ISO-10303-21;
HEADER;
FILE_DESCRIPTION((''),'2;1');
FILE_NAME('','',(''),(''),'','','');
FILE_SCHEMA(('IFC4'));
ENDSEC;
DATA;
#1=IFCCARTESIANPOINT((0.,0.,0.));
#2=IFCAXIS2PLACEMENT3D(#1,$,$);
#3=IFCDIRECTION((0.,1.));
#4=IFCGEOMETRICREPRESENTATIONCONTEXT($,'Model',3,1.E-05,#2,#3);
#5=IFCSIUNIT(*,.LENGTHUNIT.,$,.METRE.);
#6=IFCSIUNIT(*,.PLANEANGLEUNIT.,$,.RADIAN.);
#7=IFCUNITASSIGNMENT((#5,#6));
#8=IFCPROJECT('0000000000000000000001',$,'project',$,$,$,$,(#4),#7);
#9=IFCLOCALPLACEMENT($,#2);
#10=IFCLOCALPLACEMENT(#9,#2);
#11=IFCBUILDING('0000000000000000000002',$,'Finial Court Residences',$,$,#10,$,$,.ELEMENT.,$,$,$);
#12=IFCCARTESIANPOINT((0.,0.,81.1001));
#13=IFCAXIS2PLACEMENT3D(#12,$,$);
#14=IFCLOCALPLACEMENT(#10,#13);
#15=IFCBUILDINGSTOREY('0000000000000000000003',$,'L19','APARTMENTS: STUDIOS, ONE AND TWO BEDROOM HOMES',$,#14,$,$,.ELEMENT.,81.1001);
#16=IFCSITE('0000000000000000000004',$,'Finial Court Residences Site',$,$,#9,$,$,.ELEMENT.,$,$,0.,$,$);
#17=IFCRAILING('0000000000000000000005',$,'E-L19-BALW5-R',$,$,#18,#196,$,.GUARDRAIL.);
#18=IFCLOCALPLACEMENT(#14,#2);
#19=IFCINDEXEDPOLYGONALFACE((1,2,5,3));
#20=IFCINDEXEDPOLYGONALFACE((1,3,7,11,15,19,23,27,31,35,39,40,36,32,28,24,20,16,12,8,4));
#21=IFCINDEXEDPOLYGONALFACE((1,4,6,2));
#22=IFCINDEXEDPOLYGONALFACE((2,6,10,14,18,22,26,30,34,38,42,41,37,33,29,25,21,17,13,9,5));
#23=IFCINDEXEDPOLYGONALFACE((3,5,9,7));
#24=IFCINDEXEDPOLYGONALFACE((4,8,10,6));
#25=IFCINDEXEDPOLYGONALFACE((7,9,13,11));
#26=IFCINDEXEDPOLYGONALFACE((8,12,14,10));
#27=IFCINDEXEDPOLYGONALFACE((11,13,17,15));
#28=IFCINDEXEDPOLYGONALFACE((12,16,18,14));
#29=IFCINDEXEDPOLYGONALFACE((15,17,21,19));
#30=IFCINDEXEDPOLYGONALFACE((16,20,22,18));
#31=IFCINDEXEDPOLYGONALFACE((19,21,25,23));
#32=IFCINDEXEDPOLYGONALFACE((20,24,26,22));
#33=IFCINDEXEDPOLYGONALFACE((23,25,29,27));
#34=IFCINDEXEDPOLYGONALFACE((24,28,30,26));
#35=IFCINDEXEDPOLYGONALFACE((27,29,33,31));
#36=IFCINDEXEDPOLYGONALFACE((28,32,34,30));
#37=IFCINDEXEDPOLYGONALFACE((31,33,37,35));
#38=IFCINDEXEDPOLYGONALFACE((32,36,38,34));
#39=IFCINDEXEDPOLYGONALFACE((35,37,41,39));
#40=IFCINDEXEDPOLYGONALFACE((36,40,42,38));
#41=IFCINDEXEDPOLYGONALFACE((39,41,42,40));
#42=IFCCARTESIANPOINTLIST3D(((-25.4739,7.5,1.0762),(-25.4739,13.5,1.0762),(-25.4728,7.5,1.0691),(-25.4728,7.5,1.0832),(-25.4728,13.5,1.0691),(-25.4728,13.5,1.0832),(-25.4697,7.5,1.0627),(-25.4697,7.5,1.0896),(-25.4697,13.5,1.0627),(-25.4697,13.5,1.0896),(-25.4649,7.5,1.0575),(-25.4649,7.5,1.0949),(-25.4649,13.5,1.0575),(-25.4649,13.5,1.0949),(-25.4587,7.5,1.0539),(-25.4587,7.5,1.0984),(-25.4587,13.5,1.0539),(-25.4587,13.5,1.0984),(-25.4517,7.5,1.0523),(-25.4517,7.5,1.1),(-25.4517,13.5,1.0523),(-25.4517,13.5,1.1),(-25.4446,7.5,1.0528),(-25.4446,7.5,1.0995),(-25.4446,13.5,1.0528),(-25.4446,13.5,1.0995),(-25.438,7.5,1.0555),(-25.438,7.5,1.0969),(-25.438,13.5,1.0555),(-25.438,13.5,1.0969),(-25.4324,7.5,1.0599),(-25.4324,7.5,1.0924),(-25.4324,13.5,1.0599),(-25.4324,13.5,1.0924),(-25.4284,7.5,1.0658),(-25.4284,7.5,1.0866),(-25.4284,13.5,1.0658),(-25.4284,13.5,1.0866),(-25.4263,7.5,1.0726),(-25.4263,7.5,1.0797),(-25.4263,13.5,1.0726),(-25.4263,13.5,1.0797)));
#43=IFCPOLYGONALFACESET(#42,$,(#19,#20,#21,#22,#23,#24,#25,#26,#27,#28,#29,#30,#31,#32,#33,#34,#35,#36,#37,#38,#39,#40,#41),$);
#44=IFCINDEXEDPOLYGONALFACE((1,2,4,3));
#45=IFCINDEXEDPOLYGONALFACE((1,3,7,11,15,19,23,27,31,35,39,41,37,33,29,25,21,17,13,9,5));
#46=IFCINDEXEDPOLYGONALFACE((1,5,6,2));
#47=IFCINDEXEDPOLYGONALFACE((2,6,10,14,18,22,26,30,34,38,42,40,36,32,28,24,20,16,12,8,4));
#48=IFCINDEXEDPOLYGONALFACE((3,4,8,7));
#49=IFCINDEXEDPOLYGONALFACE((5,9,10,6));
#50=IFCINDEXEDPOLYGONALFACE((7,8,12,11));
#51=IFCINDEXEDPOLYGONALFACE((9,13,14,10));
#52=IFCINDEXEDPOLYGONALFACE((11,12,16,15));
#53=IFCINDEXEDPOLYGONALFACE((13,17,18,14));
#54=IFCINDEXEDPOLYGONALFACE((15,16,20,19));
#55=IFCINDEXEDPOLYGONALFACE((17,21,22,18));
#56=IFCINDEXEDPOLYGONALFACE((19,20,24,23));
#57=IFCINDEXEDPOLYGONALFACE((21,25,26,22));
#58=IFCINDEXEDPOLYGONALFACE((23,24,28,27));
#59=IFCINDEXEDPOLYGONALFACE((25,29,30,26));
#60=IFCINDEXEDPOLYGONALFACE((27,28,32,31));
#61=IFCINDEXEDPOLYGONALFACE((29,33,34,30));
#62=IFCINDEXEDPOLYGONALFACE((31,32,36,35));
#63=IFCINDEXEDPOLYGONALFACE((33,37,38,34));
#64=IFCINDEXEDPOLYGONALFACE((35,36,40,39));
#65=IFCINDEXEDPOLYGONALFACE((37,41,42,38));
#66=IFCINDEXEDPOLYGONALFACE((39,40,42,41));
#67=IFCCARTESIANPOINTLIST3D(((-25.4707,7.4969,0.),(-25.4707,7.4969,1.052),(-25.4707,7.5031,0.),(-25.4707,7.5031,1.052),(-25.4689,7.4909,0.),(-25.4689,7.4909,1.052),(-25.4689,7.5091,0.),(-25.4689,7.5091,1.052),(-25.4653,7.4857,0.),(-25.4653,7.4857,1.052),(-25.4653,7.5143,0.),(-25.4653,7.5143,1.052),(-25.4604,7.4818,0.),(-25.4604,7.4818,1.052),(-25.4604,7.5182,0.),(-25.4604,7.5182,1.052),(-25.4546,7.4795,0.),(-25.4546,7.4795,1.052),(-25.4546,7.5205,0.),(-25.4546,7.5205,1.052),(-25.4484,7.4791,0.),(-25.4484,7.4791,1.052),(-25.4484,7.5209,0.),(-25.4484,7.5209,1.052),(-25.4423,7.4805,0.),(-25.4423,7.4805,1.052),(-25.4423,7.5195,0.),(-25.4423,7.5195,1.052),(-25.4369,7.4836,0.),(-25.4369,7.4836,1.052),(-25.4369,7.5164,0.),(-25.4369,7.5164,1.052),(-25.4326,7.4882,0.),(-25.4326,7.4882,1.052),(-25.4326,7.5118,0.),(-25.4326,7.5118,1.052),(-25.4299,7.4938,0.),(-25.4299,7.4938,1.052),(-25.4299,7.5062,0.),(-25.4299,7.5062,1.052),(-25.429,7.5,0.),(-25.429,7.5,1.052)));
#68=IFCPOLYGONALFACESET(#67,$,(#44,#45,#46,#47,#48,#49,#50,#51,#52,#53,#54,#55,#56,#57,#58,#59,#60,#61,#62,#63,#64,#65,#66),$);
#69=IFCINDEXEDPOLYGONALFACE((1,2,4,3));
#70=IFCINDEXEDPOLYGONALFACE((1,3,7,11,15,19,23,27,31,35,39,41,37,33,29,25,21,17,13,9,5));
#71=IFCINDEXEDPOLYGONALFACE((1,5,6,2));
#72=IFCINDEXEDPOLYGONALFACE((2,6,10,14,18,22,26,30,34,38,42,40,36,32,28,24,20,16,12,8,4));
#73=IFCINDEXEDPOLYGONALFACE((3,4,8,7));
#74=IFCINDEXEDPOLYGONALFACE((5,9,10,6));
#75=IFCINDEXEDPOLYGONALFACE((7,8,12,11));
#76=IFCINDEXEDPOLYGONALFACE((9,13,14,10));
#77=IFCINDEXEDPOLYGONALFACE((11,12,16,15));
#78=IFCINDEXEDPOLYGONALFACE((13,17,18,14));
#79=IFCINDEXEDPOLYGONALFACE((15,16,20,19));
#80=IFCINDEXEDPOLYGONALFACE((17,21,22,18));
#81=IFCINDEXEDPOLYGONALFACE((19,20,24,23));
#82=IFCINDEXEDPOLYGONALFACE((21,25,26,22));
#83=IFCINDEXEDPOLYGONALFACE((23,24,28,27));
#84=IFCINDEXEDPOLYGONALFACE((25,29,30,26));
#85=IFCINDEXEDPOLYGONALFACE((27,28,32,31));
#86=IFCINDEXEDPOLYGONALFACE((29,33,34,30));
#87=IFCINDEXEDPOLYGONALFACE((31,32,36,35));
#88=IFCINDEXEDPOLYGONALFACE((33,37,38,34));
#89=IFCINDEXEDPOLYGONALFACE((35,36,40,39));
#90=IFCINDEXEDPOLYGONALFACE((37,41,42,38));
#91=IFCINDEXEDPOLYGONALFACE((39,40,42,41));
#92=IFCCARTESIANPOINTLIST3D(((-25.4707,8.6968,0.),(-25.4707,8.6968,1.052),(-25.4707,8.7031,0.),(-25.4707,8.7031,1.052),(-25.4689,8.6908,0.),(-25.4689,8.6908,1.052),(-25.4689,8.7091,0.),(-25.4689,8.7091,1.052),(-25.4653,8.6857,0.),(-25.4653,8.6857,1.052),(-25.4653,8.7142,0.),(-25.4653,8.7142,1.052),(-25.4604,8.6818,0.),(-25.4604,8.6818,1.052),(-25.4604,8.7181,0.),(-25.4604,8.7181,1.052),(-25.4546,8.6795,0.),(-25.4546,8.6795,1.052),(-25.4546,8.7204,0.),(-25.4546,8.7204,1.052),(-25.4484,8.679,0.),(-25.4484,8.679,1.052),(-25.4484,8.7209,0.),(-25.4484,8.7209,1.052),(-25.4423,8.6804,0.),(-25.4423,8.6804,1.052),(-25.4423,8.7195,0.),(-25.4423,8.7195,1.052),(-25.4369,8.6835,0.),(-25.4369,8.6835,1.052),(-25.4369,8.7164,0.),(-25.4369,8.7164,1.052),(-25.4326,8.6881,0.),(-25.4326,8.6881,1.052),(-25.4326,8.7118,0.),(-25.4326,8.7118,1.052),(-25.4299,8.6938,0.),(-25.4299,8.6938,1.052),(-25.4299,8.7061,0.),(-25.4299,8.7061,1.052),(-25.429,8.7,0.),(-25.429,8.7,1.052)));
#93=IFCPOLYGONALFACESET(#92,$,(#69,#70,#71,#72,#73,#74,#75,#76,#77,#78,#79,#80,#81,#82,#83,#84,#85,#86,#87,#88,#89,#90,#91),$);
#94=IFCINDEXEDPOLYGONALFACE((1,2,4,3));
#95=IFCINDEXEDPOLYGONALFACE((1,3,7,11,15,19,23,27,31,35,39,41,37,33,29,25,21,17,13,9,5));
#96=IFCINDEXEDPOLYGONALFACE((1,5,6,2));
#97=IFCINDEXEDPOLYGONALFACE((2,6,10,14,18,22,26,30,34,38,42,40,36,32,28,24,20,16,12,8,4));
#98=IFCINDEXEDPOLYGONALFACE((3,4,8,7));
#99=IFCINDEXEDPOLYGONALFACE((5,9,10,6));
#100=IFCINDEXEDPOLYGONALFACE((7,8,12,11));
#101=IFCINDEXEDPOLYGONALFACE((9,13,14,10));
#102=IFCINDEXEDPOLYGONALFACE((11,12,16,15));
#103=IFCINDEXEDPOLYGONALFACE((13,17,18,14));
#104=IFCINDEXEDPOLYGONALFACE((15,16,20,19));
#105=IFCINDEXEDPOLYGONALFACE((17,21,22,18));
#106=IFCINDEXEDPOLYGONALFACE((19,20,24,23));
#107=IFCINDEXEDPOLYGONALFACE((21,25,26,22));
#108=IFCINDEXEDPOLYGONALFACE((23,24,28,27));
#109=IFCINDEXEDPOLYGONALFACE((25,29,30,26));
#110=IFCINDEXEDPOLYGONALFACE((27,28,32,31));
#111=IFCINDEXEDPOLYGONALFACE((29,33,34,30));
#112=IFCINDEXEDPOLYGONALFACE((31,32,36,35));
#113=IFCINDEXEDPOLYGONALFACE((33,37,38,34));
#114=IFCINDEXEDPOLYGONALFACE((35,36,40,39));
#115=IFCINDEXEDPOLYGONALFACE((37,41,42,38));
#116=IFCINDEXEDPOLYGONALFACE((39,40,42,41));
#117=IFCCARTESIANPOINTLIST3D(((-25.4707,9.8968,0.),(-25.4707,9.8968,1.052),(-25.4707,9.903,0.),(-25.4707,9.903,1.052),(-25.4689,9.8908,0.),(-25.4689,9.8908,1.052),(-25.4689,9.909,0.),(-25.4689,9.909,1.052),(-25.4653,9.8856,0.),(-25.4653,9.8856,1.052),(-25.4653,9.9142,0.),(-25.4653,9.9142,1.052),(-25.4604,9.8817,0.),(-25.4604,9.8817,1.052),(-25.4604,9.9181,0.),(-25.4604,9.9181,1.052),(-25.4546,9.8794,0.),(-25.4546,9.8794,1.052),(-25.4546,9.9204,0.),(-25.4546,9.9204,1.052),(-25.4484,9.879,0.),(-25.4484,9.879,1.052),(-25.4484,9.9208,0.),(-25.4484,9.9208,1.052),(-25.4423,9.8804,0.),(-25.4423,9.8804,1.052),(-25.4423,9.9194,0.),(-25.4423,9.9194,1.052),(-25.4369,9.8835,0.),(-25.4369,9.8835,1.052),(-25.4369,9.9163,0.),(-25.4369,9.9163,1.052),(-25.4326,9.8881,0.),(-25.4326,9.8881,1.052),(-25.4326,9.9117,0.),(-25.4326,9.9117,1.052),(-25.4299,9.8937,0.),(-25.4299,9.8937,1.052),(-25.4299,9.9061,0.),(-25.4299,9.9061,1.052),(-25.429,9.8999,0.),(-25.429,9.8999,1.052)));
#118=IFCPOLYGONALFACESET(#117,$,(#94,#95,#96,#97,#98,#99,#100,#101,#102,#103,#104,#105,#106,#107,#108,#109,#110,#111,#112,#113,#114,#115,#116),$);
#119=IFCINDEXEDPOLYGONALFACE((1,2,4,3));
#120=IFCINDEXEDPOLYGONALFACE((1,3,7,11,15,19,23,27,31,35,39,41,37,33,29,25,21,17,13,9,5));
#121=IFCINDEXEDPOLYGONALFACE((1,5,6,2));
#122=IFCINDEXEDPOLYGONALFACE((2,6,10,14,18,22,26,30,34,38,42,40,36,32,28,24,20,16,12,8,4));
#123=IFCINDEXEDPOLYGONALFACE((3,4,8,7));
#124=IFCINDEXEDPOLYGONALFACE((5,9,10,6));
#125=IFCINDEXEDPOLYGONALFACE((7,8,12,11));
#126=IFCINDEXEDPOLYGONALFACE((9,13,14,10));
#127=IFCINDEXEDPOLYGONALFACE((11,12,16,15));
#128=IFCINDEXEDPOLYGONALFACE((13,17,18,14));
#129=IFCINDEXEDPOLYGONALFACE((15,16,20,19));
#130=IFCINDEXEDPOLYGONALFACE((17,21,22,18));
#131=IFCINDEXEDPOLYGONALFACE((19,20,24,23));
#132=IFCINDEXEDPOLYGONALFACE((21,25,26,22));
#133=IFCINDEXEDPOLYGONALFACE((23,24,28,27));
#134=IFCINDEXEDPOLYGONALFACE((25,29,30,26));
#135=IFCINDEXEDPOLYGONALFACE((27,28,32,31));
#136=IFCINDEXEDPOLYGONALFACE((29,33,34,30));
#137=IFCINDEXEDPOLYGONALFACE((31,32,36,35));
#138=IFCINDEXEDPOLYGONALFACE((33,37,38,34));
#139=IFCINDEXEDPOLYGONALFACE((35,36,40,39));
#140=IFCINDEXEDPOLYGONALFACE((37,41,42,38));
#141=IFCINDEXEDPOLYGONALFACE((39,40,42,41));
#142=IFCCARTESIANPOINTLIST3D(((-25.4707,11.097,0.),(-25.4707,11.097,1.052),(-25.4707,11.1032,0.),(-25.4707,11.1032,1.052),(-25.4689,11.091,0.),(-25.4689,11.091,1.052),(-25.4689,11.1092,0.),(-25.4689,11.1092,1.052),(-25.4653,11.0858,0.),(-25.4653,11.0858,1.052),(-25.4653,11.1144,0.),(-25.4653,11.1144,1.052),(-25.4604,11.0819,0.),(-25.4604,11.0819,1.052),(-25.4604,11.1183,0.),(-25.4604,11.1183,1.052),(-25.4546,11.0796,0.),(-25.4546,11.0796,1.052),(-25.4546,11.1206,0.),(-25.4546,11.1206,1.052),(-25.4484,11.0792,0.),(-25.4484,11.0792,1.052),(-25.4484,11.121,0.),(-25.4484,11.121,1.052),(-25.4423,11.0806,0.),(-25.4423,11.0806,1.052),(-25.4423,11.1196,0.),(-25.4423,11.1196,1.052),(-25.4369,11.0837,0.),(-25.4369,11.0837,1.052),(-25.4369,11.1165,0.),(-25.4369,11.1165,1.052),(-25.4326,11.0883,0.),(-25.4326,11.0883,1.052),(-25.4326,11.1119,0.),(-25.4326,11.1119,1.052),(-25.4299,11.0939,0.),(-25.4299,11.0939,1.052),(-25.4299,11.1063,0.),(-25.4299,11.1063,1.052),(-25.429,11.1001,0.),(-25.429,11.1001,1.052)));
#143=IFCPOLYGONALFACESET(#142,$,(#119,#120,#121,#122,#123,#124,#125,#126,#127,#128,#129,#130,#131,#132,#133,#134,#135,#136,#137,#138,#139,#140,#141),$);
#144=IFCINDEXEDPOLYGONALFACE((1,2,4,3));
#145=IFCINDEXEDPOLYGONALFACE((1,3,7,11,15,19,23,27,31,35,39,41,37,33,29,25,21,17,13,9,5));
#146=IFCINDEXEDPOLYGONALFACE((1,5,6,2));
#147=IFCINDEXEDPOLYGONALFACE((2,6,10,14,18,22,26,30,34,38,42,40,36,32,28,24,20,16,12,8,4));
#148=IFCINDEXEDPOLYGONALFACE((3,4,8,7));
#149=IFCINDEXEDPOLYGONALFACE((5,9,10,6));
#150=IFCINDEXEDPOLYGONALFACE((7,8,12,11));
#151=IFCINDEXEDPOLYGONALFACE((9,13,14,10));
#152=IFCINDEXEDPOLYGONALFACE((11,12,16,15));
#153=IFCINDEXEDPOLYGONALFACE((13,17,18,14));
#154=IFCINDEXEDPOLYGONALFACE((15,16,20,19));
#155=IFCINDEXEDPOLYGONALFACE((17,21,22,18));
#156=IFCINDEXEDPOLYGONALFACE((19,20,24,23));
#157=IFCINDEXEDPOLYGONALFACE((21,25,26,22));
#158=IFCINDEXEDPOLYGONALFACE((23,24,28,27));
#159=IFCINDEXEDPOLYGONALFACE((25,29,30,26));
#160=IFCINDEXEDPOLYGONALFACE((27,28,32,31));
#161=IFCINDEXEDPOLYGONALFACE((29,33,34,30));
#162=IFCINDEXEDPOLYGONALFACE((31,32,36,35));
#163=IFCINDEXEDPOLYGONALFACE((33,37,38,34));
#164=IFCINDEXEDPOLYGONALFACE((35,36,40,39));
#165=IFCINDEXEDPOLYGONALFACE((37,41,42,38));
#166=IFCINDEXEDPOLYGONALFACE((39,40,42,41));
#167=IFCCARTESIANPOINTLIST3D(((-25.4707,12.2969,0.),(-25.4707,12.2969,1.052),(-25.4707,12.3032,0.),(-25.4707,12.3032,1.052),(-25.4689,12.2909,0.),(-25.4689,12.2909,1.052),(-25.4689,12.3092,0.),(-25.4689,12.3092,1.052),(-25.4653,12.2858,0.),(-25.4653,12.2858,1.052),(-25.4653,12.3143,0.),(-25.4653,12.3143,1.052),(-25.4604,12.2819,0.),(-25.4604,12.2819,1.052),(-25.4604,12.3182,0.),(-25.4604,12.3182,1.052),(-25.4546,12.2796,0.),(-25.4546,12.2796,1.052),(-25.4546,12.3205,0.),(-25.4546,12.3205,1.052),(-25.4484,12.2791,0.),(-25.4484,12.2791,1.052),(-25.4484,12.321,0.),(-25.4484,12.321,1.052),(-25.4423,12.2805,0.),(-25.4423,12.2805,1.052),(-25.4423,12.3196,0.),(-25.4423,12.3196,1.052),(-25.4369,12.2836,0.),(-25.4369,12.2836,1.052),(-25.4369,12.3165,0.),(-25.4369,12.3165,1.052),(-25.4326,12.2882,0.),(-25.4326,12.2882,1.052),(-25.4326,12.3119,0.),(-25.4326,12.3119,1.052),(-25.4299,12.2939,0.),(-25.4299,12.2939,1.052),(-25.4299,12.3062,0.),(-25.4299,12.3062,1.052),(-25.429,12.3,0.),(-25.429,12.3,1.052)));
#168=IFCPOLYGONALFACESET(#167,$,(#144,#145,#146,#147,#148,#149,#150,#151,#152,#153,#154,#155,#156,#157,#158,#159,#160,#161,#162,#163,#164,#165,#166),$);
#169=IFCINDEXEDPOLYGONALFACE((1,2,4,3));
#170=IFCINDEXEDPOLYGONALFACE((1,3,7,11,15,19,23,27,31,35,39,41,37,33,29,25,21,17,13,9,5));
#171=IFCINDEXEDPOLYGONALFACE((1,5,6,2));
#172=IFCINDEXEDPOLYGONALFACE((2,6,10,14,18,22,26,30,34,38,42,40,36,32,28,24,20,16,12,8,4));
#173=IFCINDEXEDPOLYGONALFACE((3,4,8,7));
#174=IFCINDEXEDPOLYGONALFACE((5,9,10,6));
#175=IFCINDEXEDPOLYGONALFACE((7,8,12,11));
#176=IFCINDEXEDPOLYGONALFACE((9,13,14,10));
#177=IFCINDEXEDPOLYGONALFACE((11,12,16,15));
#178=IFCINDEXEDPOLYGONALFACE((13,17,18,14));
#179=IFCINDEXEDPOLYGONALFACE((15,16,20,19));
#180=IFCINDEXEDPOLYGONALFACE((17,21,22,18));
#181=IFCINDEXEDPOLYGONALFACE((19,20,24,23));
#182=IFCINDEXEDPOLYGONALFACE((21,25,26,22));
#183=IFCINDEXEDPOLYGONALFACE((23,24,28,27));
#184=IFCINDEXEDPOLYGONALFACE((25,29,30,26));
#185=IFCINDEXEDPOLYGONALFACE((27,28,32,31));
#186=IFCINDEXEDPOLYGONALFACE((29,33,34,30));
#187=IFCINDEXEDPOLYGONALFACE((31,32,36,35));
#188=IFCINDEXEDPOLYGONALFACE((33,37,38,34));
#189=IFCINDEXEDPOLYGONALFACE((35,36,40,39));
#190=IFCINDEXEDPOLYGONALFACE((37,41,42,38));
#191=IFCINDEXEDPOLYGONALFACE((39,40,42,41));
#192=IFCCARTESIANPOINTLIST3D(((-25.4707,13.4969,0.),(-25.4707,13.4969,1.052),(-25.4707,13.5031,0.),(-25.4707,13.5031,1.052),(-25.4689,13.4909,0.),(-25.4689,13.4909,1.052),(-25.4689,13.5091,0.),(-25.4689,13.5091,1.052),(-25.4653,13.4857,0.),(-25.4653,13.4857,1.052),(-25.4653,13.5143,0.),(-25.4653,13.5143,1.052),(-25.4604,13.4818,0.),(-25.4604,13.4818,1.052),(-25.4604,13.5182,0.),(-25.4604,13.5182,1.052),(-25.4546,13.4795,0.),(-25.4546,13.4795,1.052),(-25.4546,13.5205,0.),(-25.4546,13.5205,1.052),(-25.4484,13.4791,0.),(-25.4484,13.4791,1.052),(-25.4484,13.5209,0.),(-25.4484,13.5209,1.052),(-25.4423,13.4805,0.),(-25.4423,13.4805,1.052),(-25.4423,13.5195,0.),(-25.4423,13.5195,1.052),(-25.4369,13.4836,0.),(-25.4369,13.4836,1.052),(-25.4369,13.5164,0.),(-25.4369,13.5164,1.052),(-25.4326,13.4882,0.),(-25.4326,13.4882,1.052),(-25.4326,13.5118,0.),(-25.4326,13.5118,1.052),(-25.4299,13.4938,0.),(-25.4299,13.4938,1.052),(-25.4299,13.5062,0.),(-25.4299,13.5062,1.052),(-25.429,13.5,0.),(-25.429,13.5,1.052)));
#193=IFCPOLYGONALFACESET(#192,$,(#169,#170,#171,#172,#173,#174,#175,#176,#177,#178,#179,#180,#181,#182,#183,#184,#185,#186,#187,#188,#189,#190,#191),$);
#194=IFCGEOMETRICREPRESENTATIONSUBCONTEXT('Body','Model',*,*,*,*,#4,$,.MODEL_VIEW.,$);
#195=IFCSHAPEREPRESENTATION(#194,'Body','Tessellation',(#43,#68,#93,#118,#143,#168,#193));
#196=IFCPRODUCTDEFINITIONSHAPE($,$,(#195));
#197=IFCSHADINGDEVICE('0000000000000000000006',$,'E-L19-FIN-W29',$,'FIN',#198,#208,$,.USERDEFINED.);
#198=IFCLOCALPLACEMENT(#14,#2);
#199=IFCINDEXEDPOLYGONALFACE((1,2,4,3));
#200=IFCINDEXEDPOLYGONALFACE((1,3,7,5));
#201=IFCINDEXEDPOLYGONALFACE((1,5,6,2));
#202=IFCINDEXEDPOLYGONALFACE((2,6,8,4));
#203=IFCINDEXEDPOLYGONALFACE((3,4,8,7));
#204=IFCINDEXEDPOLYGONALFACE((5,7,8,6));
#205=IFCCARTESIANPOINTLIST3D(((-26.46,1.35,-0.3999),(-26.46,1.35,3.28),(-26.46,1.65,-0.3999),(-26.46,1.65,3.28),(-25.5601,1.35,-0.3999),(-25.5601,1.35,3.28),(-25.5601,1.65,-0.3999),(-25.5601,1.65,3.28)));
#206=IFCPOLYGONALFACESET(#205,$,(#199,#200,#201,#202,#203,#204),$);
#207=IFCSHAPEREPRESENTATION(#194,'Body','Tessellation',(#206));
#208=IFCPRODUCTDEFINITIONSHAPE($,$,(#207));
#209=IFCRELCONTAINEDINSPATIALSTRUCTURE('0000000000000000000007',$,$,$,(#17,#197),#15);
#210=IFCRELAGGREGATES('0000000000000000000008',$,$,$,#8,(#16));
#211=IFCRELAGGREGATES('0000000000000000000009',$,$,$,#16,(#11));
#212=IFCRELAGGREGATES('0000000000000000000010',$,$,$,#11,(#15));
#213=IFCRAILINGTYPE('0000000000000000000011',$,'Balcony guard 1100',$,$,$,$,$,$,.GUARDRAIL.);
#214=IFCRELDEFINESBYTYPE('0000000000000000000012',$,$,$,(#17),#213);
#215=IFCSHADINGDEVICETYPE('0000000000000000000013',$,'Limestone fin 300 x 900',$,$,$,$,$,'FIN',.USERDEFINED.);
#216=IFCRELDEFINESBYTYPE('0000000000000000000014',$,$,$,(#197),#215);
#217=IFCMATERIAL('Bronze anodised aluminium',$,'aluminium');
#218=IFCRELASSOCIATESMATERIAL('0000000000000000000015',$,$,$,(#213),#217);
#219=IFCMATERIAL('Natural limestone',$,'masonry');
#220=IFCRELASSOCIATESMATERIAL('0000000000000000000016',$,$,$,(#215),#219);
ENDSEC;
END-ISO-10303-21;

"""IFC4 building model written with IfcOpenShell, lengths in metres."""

from ifc_helpers import new_model, si_unit, direction, frame, origin, origin_2d, place, context, subcontext, project, spatial, rectangle, circle, extrude, material, type_object, element, save


model = new_model("IFC4")

# Units and contexts
model_context = context("Model", 3, precision=1e-05, world=origin(), true_north=direction((0.0, 1.0)))
body_context = subcontext(model_context, "Body", "Model", "MODEL_VIEW")
ifc_project = project(units=[si_unit("LENGTHUNIT", "METRE"), si_unit("PLANEANGLEUNIT", "RADIAN")], contexts=[model_context])

# Site, building, storey
site_placement = place(None, origin())
site = spatial("IfcSite", under=ifc_project, at=site_placement, Name="Finial Court Residences Site", CompositionType="ELEMENT", RefElevation=0.0)
building_placement = place(site_placement, origin())
building = spatial("IfcBuilding", under=site, at=building_placement, Name="Finial Court Residences", CompositionType="ELEMENT")
storey_placement = place(building_placement, frame((0.0, 0.0, 81.1001)))
storey = spatial("IfcBuildingStorey", under=building, at=storey_placement, Name="L19", Description="APARTMENTS: STUDIOS, ONE AND TWO BEDROOM HOMES", CompositionType="ELEMENT", Elevation=81.1001)

# Shared definitions
ifc_material_1 = material(Name="Natural limestone", Category="masonry")
ifc_material_2 = material(Name="Bronze anodised aluminium", Category="aluminium")

# Railing
railing_type = type_object("IfcRailingType", Name="Balcony guard 1100", PredefinedType="GUARDRAIL", material=ifc_material_2)
for number, where, name in (
    (1, (-25.45, 7.5, 0.0), "E-L19-BALW5-R"),
):
    element("IfcRailing", number, at=place(storey_placement, frame(where)), inside=storey, type_object=railing_type, Name=name, PredefinedType="GUARDRAIL", context=body_context, shape_type="SweptSolid", body=[
        extrude(circle(Radius=0.0239, at=origin_2d()), frame((0.0, 0.0, 1.0762), z_axis=(0.0, 1.0, 0.0), x_axis=(-1.0, 0.0, 0.0)), (0.0, 0.0, 1.0), 6.0),
        extrude(circle(Radius=0.021, at=origin_2d()), origin(), (0.0, 0.0, 1.0), 1.052),
        extrude(circle(Radius=0.021, at=origin_2d()), frame((0.0, 1.2, 0.0)), (0.0, 0.0, 1.0), 1.052),
        extrude(circle(Radius=0.021, at=origin_2d()), frame((0.0, 2.3999, 0.0)), (0.0, 0.0, 1.0), 1.052),
        extrude(circle(Radius=0.021, at=origin_2d()), frame((0.0, 3.6001, 0.0)), (0.0, 0.0, 1.0), 1.052),
        extrude(circle(Radius=0.021, at=origin_2d()), frame((0.0, 4.8, 0.0)), (0.0, 0.0, 1.0), 1.052),
        extrude(circle(Radius=0.021, at=origin_2d()), frame((0.0, 6.0, 0.0)), (0.0, 0.0, 1.0), 1.052),
    ])

# Shading device
shading_device_type = type_object("IfcShadingDeviceType", Name="Limestone fin 300 x 900", ElementType="FIN", PredefinedType="USERDEFINED", material=ifc_material_1)
for number, where, z_axis, x_axis, name in (
    (2, (-26.01, 1.5, -0.3999), (0.0, 0.0, 1.0), (1.0, 0.0, 0.0), "E-L19-FIN-W29"),
):
    element("IfcShadingDevice", number, at=place(storey_placement, frame(where, z_axis=z_axis, x_axis=x_axis)), inside=storey, type_object=shading_device_type, Name=name, ObjectType="FIN", PredefinedType="USERDEFINED", context=body_context, shape_type="SweptSolid", body=[
        extrude(rectangle(XDim=0.8999, YDim=0.3, at=origin_2d()), origin(), (0.0, 0.0, 1.0), 3.6799),
    ])

save(model, "model.ifc")
